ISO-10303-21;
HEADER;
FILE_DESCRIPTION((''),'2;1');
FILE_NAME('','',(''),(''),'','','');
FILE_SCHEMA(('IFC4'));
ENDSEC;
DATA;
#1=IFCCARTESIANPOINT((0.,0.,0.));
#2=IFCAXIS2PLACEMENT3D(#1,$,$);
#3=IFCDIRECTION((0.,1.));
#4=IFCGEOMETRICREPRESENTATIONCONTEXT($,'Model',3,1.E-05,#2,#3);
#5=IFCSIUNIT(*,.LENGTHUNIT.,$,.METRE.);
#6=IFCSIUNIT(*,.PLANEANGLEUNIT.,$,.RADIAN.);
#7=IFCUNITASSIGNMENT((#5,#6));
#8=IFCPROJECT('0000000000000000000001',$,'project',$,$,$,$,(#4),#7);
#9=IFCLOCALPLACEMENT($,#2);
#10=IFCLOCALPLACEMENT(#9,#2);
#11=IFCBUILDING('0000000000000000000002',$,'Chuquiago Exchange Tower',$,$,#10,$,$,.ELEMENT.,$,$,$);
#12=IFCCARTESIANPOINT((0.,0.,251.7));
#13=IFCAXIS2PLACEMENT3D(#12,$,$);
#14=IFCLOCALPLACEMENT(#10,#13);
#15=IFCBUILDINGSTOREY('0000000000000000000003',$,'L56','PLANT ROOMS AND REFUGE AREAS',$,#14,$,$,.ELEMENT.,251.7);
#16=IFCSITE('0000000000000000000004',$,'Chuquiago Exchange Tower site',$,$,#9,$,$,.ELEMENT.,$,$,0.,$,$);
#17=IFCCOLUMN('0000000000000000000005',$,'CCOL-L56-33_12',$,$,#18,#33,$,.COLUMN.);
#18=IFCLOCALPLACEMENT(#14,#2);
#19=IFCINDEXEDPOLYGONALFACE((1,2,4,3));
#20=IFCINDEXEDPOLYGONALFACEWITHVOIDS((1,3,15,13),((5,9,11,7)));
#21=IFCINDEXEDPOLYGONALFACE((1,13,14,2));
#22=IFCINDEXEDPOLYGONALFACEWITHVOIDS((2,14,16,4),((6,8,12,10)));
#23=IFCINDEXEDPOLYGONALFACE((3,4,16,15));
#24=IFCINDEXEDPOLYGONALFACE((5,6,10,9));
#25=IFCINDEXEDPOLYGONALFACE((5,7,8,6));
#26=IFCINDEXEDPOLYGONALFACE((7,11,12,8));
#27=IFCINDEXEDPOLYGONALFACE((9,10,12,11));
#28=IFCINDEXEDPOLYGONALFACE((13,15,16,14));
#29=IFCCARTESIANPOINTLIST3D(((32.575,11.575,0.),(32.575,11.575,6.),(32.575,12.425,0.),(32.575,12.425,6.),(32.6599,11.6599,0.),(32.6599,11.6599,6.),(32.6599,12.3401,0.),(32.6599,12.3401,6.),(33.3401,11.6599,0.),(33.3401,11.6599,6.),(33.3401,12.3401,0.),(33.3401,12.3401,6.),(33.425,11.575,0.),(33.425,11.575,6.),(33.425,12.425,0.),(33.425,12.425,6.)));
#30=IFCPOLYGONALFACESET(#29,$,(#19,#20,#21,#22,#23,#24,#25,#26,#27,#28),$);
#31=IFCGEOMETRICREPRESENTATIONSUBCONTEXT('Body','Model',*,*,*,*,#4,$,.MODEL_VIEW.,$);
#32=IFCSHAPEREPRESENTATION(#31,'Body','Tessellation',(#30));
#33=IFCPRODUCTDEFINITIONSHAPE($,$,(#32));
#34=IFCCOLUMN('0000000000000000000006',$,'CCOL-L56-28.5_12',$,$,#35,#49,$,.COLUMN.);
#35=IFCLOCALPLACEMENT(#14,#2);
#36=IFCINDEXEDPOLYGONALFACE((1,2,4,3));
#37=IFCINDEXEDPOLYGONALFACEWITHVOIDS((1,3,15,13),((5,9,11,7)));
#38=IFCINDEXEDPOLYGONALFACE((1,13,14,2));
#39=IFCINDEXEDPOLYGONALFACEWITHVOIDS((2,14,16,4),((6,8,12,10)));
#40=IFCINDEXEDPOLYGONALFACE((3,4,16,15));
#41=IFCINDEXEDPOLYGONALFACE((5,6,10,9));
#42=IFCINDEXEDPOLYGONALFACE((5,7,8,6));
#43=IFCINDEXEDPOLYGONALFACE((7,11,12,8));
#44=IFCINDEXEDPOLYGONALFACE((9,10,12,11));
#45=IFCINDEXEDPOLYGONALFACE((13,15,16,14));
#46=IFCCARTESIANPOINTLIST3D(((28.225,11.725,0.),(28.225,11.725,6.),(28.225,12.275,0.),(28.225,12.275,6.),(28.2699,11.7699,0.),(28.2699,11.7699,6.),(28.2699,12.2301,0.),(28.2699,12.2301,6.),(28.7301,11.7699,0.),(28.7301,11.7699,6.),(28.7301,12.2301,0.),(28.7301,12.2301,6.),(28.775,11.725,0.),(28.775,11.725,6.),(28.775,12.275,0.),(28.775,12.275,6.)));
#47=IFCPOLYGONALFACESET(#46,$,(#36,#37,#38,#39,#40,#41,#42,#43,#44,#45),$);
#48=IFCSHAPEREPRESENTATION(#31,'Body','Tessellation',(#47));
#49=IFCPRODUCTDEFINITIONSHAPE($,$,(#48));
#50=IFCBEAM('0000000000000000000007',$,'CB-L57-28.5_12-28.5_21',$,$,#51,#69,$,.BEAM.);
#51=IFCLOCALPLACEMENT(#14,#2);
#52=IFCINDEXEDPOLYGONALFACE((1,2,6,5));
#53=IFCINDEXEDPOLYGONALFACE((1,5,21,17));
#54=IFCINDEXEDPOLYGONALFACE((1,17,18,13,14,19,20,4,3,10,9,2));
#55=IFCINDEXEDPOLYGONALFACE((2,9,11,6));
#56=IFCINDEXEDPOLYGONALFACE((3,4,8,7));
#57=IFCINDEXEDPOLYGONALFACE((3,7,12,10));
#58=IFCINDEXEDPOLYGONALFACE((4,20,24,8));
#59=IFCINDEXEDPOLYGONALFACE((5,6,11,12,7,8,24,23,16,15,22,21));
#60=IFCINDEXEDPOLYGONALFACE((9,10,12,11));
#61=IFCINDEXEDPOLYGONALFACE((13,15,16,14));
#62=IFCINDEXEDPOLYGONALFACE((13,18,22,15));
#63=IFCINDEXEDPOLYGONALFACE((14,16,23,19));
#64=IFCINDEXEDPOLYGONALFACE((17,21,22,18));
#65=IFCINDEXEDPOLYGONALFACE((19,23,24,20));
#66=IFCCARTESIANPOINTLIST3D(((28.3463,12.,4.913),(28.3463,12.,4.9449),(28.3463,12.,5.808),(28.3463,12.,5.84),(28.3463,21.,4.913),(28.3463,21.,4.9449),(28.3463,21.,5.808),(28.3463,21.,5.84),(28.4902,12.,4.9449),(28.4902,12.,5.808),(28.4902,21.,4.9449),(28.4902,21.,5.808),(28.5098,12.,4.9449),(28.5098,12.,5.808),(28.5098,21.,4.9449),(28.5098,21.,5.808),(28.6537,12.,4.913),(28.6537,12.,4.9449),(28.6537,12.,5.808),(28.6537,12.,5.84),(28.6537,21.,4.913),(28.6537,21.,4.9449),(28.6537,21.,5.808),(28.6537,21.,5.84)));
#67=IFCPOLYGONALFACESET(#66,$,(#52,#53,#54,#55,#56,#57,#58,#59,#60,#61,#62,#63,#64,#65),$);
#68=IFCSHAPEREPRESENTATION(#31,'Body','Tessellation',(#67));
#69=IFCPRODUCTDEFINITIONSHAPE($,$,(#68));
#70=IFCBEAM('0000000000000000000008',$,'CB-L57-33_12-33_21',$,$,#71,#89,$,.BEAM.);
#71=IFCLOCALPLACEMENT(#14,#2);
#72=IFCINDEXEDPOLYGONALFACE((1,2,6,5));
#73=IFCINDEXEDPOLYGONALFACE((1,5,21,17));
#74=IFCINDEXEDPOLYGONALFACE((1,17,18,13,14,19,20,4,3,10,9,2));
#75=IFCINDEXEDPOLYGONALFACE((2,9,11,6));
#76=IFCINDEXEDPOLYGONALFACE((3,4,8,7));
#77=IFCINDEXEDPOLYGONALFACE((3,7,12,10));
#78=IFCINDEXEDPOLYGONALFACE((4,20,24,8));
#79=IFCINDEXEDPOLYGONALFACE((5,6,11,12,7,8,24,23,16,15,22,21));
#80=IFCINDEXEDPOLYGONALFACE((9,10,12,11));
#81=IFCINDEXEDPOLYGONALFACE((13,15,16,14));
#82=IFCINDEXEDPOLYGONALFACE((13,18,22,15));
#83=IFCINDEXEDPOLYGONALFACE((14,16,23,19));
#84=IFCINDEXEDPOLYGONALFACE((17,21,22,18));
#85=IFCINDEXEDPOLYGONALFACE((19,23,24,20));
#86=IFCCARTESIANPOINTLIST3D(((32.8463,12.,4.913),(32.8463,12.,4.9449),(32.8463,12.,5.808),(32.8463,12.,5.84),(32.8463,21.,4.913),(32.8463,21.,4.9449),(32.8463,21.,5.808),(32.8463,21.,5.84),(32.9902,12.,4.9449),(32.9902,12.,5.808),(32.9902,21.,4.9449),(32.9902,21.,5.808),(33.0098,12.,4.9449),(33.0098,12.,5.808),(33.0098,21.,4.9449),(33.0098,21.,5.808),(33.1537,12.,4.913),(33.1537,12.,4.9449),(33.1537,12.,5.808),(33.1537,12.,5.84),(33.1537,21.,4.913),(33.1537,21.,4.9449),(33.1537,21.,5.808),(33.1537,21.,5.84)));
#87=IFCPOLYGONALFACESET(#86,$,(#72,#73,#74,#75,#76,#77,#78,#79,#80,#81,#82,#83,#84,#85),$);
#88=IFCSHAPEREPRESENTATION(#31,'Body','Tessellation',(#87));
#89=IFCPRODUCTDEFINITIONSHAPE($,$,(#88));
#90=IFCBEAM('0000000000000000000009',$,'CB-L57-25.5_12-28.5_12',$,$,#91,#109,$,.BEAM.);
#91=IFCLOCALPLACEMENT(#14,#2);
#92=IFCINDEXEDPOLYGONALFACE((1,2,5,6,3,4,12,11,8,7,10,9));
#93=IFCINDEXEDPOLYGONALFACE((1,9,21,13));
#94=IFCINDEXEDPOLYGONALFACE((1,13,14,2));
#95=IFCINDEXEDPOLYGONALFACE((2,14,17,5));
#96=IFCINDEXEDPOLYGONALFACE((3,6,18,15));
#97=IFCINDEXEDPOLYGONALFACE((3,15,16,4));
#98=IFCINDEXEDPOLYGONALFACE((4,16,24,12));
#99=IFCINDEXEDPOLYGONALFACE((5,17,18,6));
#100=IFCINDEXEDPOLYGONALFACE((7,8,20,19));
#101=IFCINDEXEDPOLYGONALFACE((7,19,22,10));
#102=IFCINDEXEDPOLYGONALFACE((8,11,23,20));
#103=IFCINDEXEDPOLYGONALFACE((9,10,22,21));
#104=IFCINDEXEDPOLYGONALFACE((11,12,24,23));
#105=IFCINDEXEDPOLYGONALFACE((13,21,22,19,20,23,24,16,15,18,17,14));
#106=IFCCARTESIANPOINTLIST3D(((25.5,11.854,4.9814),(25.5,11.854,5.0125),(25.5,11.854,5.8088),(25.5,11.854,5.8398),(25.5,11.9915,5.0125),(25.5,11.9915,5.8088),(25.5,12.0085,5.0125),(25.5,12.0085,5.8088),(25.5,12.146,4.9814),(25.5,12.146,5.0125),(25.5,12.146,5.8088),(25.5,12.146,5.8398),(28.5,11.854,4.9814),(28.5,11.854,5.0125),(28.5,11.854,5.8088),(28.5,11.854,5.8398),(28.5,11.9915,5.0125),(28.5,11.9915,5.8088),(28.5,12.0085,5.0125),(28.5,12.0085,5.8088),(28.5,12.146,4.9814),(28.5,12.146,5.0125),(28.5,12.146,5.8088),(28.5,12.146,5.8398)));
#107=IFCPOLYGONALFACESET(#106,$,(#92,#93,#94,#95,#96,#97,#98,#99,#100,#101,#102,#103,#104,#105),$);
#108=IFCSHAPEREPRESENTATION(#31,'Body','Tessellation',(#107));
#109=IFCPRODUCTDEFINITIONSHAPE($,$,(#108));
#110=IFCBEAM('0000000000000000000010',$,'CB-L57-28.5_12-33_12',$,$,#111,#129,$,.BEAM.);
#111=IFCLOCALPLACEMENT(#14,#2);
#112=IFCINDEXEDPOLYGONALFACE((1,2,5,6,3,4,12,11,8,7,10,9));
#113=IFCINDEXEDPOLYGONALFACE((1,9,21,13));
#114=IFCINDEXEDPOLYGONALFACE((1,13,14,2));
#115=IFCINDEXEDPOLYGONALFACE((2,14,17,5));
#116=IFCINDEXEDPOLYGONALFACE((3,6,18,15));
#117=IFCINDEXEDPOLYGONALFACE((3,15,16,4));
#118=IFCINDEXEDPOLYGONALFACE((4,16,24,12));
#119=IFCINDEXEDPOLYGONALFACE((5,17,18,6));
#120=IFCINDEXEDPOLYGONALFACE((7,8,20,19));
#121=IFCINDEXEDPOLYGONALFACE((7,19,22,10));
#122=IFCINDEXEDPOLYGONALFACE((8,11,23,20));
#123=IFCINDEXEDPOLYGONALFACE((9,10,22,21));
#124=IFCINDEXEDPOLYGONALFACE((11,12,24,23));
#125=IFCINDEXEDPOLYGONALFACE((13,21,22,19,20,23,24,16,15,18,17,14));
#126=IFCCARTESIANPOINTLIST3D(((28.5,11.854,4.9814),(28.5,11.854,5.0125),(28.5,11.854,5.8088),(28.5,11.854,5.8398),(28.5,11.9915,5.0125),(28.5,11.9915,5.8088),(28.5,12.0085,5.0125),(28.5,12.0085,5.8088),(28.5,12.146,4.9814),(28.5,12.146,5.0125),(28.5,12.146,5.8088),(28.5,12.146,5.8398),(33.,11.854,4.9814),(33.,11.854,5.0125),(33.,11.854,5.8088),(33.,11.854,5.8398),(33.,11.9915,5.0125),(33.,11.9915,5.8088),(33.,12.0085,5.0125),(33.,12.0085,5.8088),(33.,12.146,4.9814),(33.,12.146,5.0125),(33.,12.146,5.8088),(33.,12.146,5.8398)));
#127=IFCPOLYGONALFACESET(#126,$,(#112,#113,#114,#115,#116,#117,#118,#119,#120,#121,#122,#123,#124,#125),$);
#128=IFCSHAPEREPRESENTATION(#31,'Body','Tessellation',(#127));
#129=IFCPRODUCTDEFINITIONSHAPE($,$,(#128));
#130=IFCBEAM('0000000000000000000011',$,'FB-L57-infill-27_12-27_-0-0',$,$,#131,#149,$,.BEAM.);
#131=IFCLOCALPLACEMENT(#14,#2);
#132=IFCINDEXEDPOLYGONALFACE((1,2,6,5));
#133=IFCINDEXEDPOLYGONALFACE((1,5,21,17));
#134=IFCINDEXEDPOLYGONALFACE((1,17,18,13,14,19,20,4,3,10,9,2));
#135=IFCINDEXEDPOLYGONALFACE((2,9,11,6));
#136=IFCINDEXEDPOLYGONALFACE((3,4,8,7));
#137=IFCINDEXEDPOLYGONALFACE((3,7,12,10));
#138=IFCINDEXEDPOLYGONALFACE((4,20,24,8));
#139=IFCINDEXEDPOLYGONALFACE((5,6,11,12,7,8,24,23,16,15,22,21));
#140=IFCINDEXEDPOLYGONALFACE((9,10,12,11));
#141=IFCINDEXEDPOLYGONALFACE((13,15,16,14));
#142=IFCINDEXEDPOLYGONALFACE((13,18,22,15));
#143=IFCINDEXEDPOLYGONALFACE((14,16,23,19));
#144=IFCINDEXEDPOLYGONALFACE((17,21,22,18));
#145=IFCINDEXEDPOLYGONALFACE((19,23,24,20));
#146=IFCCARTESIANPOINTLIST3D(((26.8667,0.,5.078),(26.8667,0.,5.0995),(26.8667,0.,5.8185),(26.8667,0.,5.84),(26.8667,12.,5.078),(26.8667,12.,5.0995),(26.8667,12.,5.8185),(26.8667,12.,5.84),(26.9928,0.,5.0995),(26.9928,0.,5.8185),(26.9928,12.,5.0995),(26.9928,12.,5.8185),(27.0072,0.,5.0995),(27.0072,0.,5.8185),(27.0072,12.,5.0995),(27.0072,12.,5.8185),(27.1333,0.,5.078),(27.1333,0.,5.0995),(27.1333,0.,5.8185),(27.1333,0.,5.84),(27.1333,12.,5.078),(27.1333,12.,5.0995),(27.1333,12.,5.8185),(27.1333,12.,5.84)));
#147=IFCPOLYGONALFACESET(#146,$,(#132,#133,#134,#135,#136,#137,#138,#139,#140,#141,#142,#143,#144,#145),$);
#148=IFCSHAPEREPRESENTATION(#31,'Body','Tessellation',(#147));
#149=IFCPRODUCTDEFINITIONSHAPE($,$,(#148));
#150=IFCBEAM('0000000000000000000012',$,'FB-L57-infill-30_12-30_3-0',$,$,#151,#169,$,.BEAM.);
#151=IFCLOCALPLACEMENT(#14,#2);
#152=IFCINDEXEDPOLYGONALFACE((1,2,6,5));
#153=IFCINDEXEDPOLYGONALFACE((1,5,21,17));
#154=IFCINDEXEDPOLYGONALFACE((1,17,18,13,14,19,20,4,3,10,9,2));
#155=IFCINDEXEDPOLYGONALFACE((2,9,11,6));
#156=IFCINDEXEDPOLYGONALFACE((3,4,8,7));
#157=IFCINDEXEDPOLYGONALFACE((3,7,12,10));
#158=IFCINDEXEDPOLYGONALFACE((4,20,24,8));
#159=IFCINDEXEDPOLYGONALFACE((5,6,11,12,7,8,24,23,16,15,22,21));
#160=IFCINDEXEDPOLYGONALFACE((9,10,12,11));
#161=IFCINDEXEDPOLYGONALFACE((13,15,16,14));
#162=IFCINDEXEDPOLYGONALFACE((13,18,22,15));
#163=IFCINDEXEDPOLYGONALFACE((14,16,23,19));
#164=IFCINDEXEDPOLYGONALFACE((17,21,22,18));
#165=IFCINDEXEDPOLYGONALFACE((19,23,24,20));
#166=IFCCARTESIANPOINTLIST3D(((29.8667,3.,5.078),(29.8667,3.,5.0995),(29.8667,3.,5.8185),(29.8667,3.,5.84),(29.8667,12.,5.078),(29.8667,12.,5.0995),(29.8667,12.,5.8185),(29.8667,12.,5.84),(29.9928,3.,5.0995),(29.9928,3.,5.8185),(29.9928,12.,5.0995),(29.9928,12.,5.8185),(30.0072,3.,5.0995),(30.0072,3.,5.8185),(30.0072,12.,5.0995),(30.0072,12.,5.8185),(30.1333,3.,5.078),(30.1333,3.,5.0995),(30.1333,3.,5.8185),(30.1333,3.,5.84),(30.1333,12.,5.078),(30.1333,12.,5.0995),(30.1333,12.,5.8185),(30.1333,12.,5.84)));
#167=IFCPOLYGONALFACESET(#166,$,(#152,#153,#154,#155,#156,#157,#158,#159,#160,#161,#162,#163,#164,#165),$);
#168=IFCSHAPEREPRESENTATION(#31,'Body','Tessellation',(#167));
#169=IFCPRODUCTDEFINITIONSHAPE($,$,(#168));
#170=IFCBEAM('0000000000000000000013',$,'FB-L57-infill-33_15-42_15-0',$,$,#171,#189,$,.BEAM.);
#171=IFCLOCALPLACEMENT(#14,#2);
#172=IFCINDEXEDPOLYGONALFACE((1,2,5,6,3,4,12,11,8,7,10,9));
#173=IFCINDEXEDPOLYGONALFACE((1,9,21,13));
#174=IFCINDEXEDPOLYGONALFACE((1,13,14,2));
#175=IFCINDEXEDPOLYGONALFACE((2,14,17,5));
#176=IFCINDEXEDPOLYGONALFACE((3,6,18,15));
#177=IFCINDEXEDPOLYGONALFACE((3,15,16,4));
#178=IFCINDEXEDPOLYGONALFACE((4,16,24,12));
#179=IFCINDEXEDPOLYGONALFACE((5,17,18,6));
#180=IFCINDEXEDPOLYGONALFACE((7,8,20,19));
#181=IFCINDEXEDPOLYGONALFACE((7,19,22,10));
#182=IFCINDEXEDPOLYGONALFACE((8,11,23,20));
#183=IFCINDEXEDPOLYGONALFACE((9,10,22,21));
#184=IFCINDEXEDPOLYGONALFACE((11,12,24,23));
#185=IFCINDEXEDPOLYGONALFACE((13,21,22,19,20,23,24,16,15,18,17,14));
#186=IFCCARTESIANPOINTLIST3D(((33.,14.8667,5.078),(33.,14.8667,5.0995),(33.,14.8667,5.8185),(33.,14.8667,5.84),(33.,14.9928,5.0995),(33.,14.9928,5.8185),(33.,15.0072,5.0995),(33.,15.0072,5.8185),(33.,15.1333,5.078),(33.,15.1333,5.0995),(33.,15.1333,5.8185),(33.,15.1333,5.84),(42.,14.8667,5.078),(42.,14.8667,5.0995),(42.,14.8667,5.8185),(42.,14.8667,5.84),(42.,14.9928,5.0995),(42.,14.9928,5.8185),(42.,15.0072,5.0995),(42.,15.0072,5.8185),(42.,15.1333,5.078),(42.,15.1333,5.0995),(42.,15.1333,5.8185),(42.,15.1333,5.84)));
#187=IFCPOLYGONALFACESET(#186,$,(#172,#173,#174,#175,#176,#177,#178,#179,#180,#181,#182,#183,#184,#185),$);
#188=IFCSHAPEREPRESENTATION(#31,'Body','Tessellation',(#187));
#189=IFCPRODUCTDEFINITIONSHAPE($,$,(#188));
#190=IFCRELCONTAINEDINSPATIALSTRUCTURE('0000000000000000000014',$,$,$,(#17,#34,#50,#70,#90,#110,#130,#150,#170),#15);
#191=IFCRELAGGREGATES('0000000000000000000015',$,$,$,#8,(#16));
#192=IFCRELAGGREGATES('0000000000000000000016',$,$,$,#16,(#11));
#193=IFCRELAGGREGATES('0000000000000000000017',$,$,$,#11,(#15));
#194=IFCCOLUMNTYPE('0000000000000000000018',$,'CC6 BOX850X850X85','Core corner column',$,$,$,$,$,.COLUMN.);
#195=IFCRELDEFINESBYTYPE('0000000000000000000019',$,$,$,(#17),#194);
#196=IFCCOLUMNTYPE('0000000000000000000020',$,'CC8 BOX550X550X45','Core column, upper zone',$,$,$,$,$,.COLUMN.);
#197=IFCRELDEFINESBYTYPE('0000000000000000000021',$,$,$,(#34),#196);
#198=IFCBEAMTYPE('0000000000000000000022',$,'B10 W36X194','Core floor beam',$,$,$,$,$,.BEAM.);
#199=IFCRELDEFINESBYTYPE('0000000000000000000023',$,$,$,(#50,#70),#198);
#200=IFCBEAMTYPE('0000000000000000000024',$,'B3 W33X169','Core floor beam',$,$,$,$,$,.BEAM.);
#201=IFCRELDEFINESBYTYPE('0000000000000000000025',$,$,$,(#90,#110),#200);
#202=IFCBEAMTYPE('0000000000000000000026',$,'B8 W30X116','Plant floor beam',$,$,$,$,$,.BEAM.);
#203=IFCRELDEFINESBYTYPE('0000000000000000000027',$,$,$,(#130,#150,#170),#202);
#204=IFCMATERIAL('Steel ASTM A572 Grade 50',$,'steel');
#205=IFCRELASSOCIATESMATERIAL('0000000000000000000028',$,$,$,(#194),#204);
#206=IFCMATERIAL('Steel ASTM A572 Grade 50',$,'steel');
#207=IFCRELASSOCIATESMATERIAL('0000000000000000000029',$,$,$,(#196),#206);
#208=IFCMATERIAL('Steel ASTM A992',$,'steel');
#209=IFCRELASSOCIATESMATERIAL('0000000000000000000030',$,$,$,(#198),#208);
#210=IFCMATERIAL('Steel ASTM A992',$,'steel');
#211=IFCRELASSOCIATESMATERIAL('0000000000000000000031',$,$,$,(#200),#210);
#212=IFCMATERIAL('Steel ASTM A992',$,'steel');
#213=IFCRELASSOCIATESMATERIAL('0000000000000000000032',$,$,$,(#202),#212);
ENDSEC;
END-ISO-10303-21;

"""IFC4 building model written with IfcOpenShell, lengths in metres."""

from ifc_helpers import new_model, si_unit, direction, frame, origin, origin_2d, place, context, subcontext, project, spatial, hollow_rectangle, i_section, extrude, material, material_profile, profile_set, type_object, element, save


model = new_model("IFC4")

# Units and contexts
model_context = context("Model", 3, precision=1e-05, world=origin(), true_north=direction((0.0, 1.0)))
body_context = subcontext(model_context, "Body", "Model", "MODEL_VIEW")
ifc_project = project(units=[si_unit("LENGTHUNIT", "METRE"), si_unit("PLANEANGLEUNIT", "RADIAN")], contexts=[model_context])

# Site, building, storey
site_placement = place(None, origin())
site = spatial("IfcSite", under=ifc_project, at=site_placement, Name="Chuquiago Exchange Tower site", CompositionType="ELEMENT", RefElevation=0.0)
building_placement = place(site_placement, origin())
building = spatial("IfcBuilding", under=site, at=building_placement, Name="Chuquiago Exchange Tower", CompositionType="ELEMENT")
storey_placement = place(building_placement, frame((0.0, 0.0, 251.7)))
storey = spatial("IfcBuildingStorey", under=building, at=storey_placement, Name="L56", Description="PLANT ROOMS AND REFUGE AREAS", CompositionType="ELEMENT", Elevation=251.7)

# Columns
ifc_material_1 = material(Name="Steel ASTM A572 Grade 50", Category="steel")
ifc_material_profile_1 = material_profile(ifc_material_1, hollow_rectangle(XDim=0.8501, YDim=0.8501, WallThickness=0.085, at=origin_2d()), Name="BOX850X850X85")
ifc_profile_set_1 = profile_set([ifc_material_profile_1], Name="Steel ASTM A572 Grade 50")
column_type_1 = type_object("IfcColumnType", Name="CC6 BOX850X850X85", Description="Core corner column", PredefinedType="COLUMN", material=ifc_profile_set_1)
column_1_placement = place(storey_placement, frame((33.0, 12.0, 0.0), z_axis=(0.0, 0.0, 1.0), x_axis=(1.0, 0.0, 0.0)))
element("IfcColumn", 1, at=column_1_placement, inside=storey, type_object=column_type_1, Name="CCOL-L56-33_12", PredefinedType="COLUMN", context=body_context, shape_type="SweptSolid", body=[
    extrude(hollow_rectangle(XDim=0.8501, YDim=0.8501, WallThickness=0.085, at=origin_2d()), origin(), (0.0, 0.0, 1.0), 6.0),
])
ifc_material_2 = material(Name="Steel ASTM A572 Grade 50", Category="steel")
ifc_material_profile_2 = material_profile(ifc_material_2, hollow_rectangle(XDim=0.55, YDim=0.55, WallThickness=0.0449, at=origin_2d()), Name="BOX550X550X45")
ifc_profile_set_2 = profile_set([ifc_material_profile_2], Name="Steel ASTM A572 Grade 50")
column_type_2 = type_object("IfcColumnType", Name="CC8 BOX550X550X45", Description="Core column, upper zone", PredefinedType="COLUMN", material=ifc_profile_set_2)
column_2_placement = place(storey_placement, frame((28.5, 12.0, 0.0), z_axis=(0.0, 0.0, 1.0), x_axis=(1.0, 0.0, 0.0)))
element("IfcColumn", 2, at=column_2_placement, inside=storey, type_object=column_type_2, Name="CCOL-L56-28.5_12", PredefinedType="COLUMN", context=body_context, shape_type="SweptSolid", body=[
    extrude(hollow_rectangle(XDim=0.55, YDim=0.55, WallThickness=0.0449, at=origin_2d()), origin(), (0.0, 0.0, 1.0), 6.0),
])

# Beams
ifc_material_3 = material(Name="Steel ASTM A992", Category="steel")
ifc_material_profile_3 = material_profile(ifc_material_3, i_section(OverallWidth=0.3074, OverallDepth=0.927, WebThickness=0.0195, FlangeThickness=0.032, at=origin_2d()), Name="W36X194")
ifc_profile_set_3 = profile_set([ifc_material_profile_3], Name="Steel ASTM A992")
beam_type_1 = type_object("IfcBeamType", Name="B10 W36X194", Description="Core floor beam", PredefinedType="BEAM", material=ifc_profile_set_3)
for number, where, z_axis, x_axis, name in (
    (3, (28.5, 12.0, 5.3765), (0.0, 1.0, 0.0), (-1.0, 0.0, 0.0), "CB-L57-28.5_12-28.5_21"),
    (4, (33.0, 12.0, 5.3765), (0.0, 1.0, 0.0), (-1.0, 0.0, 0.0), "CB-L57-33_12-33_21"),
):
    element("IfcBeam", number, at=place(storey_placement, frame(where, z_axis=z_axis, x_axis=x_axis)), inside=storey, type_object=beam_type_1, Name=name, PredefinedType="BEAM", context=body_context, shape_type="SweptSolid", body=[
        extrude(i_section(OverallWidth=0.3074, OverallDepth=0.927, WebThickness=0.0195, FlangeThickness=0.032, at=origin_2d()), origin(), (0.0, 0.0, 1.0), 9.0),
    ])
ifc_material_4 = material(Name="Steel ASTM A992", Category="steel")
ifc_material_profile_4 = material_profile(ifc_material_4, i_section(OverallWidth=0.292, OverallDepth=0.8584, WebThickness=0.0171, FlangeThickness=0.031, at=origin_2d()), Name="W33X169")
ifc_profile_set_4 = profile_set([ifc_material_profile_4], Name="Steel ASTM A992")
beam_type_2 = type_object("IfcBeamType", Name="B3 W33X169", Description="Core floor beam", PredefinedType="BEAM", material=ifc_profile_set_4)
beam_1_placement = place(storey_placement, frame((25.5, 12.0, 5.4106), z_axis=(1.0, 0.0, 0.0), x_axis=(0.0, 1.0, 0.0)))
element("IfcBeam", 5, at=beam_1_placement, inside=storey, type_object=beam_type_2, Name="CB-L57-25.5_12-28.5_12", PredefinedType="BEAM", context=body_context, shape_type="SweptSolid", body=[
    extrude(i_section(OverallWidth=0.292, OverallDepth=0.8584, WebThickness=0.0171, FlangeThickness=0.031, at=origin_2d()), origin(), (0.0, 0.0, 1.0), 3.0),
])
beam_2_placement = place(storey_placement, frame((28.5, 12.0, 5.4106), z_axis=(1.0, 0.0, 0.0), x_axis=(0.0, 1.0, 0.0)))
element("IfcBeam", 6, at=beam_2_placement, inside=storey, type_object=beam_type_2, Name="CB-L57-28.5_12-33_12", PredefinedType="BEAM", context=body_context, shape_type="SweptSolid", body=[
    extrude(i_section(OverallWidth=0.292, OverallDepth=0.8584, WebThickness=0.0171, FlangeThickness=0.031, at=origin_2d()), origin(), (0.0, 0.0, 1.0), 4.5),
])
ifc_material_5 = material(Name="Steel ASTM A992", Category="steel")
ifc_material_profile_5 = material_profile(ifc_material_5, i_section(OverallWidth=0.2666, OverallDepth=0.762, WebThickness=0.0144, FlangeThickness=0.0215, at=origin_2d()), Name="W30X116")
ifc_profile_set_5 = profile_set([ifc_material_profile_5], Name="Steel ASTM A992")
beam_type_3 = type_object("IfcBeamType", Name="B8 W30X116", Description="Plant floor beam", PredefinedType="BEAM", material=ifc_profile_set_5)
beam_3_placement = place(storey_placement, frame((27.0, 12.0, 5.459), z_axis=(0.0, -1.0, 0.0), x_axis=(1.0, 0.0, 0.0)))
element("IfcBeam", 7, at=beam_3_placement, inside=storey, type_object=beam_type_3, Name="FB-L57-infill-27_12-27_-0-0", PredefinedType="BEAM", context=body_context, shape_type="SweptSolid", body=[
    extrude(i_section(OverallWidth=0.2666, OverallDepth=0.762, WebThickness=0.0144, FlangeThickness=0.0215, at=origin_2d()), origin(), (0.0, 0.0, 1.0), 12.0),
])
for number, where, z_axis, x_axis, name in (
    (8, (30.0, 12.0, 5.459), (0.0, -1.0, 0.0), (1.0, 0.0, 0.0), "FB-L57-infill-30_12-30_3-0"),
    (9, (33.0, 15.0, 5.459), (1.0, 0.0, 0.0), (0.0, 1.0, 0.0), "FB-L57-infill-33_15-42_15-0"),
):
    element("IfcBeam", number, at=place(storey_placement, frame(where, z_axis=z_axis, x_axis=x_axis)), inside=storey, type_object=beam_type_3, Name=name, PredefinedType="BEAM", context=body_context, shape_type="SweptSolid", body=[
        extrude(i_section(OverallWidth=0.2666, OverallDepth=0.762, WebThickness=0.0144, FlangeThickness=0.0215, at=origin_2d()), origin(), (0.0, 0.0, 1.0), 9.0),
    ])

save(model, "model.ifc")
